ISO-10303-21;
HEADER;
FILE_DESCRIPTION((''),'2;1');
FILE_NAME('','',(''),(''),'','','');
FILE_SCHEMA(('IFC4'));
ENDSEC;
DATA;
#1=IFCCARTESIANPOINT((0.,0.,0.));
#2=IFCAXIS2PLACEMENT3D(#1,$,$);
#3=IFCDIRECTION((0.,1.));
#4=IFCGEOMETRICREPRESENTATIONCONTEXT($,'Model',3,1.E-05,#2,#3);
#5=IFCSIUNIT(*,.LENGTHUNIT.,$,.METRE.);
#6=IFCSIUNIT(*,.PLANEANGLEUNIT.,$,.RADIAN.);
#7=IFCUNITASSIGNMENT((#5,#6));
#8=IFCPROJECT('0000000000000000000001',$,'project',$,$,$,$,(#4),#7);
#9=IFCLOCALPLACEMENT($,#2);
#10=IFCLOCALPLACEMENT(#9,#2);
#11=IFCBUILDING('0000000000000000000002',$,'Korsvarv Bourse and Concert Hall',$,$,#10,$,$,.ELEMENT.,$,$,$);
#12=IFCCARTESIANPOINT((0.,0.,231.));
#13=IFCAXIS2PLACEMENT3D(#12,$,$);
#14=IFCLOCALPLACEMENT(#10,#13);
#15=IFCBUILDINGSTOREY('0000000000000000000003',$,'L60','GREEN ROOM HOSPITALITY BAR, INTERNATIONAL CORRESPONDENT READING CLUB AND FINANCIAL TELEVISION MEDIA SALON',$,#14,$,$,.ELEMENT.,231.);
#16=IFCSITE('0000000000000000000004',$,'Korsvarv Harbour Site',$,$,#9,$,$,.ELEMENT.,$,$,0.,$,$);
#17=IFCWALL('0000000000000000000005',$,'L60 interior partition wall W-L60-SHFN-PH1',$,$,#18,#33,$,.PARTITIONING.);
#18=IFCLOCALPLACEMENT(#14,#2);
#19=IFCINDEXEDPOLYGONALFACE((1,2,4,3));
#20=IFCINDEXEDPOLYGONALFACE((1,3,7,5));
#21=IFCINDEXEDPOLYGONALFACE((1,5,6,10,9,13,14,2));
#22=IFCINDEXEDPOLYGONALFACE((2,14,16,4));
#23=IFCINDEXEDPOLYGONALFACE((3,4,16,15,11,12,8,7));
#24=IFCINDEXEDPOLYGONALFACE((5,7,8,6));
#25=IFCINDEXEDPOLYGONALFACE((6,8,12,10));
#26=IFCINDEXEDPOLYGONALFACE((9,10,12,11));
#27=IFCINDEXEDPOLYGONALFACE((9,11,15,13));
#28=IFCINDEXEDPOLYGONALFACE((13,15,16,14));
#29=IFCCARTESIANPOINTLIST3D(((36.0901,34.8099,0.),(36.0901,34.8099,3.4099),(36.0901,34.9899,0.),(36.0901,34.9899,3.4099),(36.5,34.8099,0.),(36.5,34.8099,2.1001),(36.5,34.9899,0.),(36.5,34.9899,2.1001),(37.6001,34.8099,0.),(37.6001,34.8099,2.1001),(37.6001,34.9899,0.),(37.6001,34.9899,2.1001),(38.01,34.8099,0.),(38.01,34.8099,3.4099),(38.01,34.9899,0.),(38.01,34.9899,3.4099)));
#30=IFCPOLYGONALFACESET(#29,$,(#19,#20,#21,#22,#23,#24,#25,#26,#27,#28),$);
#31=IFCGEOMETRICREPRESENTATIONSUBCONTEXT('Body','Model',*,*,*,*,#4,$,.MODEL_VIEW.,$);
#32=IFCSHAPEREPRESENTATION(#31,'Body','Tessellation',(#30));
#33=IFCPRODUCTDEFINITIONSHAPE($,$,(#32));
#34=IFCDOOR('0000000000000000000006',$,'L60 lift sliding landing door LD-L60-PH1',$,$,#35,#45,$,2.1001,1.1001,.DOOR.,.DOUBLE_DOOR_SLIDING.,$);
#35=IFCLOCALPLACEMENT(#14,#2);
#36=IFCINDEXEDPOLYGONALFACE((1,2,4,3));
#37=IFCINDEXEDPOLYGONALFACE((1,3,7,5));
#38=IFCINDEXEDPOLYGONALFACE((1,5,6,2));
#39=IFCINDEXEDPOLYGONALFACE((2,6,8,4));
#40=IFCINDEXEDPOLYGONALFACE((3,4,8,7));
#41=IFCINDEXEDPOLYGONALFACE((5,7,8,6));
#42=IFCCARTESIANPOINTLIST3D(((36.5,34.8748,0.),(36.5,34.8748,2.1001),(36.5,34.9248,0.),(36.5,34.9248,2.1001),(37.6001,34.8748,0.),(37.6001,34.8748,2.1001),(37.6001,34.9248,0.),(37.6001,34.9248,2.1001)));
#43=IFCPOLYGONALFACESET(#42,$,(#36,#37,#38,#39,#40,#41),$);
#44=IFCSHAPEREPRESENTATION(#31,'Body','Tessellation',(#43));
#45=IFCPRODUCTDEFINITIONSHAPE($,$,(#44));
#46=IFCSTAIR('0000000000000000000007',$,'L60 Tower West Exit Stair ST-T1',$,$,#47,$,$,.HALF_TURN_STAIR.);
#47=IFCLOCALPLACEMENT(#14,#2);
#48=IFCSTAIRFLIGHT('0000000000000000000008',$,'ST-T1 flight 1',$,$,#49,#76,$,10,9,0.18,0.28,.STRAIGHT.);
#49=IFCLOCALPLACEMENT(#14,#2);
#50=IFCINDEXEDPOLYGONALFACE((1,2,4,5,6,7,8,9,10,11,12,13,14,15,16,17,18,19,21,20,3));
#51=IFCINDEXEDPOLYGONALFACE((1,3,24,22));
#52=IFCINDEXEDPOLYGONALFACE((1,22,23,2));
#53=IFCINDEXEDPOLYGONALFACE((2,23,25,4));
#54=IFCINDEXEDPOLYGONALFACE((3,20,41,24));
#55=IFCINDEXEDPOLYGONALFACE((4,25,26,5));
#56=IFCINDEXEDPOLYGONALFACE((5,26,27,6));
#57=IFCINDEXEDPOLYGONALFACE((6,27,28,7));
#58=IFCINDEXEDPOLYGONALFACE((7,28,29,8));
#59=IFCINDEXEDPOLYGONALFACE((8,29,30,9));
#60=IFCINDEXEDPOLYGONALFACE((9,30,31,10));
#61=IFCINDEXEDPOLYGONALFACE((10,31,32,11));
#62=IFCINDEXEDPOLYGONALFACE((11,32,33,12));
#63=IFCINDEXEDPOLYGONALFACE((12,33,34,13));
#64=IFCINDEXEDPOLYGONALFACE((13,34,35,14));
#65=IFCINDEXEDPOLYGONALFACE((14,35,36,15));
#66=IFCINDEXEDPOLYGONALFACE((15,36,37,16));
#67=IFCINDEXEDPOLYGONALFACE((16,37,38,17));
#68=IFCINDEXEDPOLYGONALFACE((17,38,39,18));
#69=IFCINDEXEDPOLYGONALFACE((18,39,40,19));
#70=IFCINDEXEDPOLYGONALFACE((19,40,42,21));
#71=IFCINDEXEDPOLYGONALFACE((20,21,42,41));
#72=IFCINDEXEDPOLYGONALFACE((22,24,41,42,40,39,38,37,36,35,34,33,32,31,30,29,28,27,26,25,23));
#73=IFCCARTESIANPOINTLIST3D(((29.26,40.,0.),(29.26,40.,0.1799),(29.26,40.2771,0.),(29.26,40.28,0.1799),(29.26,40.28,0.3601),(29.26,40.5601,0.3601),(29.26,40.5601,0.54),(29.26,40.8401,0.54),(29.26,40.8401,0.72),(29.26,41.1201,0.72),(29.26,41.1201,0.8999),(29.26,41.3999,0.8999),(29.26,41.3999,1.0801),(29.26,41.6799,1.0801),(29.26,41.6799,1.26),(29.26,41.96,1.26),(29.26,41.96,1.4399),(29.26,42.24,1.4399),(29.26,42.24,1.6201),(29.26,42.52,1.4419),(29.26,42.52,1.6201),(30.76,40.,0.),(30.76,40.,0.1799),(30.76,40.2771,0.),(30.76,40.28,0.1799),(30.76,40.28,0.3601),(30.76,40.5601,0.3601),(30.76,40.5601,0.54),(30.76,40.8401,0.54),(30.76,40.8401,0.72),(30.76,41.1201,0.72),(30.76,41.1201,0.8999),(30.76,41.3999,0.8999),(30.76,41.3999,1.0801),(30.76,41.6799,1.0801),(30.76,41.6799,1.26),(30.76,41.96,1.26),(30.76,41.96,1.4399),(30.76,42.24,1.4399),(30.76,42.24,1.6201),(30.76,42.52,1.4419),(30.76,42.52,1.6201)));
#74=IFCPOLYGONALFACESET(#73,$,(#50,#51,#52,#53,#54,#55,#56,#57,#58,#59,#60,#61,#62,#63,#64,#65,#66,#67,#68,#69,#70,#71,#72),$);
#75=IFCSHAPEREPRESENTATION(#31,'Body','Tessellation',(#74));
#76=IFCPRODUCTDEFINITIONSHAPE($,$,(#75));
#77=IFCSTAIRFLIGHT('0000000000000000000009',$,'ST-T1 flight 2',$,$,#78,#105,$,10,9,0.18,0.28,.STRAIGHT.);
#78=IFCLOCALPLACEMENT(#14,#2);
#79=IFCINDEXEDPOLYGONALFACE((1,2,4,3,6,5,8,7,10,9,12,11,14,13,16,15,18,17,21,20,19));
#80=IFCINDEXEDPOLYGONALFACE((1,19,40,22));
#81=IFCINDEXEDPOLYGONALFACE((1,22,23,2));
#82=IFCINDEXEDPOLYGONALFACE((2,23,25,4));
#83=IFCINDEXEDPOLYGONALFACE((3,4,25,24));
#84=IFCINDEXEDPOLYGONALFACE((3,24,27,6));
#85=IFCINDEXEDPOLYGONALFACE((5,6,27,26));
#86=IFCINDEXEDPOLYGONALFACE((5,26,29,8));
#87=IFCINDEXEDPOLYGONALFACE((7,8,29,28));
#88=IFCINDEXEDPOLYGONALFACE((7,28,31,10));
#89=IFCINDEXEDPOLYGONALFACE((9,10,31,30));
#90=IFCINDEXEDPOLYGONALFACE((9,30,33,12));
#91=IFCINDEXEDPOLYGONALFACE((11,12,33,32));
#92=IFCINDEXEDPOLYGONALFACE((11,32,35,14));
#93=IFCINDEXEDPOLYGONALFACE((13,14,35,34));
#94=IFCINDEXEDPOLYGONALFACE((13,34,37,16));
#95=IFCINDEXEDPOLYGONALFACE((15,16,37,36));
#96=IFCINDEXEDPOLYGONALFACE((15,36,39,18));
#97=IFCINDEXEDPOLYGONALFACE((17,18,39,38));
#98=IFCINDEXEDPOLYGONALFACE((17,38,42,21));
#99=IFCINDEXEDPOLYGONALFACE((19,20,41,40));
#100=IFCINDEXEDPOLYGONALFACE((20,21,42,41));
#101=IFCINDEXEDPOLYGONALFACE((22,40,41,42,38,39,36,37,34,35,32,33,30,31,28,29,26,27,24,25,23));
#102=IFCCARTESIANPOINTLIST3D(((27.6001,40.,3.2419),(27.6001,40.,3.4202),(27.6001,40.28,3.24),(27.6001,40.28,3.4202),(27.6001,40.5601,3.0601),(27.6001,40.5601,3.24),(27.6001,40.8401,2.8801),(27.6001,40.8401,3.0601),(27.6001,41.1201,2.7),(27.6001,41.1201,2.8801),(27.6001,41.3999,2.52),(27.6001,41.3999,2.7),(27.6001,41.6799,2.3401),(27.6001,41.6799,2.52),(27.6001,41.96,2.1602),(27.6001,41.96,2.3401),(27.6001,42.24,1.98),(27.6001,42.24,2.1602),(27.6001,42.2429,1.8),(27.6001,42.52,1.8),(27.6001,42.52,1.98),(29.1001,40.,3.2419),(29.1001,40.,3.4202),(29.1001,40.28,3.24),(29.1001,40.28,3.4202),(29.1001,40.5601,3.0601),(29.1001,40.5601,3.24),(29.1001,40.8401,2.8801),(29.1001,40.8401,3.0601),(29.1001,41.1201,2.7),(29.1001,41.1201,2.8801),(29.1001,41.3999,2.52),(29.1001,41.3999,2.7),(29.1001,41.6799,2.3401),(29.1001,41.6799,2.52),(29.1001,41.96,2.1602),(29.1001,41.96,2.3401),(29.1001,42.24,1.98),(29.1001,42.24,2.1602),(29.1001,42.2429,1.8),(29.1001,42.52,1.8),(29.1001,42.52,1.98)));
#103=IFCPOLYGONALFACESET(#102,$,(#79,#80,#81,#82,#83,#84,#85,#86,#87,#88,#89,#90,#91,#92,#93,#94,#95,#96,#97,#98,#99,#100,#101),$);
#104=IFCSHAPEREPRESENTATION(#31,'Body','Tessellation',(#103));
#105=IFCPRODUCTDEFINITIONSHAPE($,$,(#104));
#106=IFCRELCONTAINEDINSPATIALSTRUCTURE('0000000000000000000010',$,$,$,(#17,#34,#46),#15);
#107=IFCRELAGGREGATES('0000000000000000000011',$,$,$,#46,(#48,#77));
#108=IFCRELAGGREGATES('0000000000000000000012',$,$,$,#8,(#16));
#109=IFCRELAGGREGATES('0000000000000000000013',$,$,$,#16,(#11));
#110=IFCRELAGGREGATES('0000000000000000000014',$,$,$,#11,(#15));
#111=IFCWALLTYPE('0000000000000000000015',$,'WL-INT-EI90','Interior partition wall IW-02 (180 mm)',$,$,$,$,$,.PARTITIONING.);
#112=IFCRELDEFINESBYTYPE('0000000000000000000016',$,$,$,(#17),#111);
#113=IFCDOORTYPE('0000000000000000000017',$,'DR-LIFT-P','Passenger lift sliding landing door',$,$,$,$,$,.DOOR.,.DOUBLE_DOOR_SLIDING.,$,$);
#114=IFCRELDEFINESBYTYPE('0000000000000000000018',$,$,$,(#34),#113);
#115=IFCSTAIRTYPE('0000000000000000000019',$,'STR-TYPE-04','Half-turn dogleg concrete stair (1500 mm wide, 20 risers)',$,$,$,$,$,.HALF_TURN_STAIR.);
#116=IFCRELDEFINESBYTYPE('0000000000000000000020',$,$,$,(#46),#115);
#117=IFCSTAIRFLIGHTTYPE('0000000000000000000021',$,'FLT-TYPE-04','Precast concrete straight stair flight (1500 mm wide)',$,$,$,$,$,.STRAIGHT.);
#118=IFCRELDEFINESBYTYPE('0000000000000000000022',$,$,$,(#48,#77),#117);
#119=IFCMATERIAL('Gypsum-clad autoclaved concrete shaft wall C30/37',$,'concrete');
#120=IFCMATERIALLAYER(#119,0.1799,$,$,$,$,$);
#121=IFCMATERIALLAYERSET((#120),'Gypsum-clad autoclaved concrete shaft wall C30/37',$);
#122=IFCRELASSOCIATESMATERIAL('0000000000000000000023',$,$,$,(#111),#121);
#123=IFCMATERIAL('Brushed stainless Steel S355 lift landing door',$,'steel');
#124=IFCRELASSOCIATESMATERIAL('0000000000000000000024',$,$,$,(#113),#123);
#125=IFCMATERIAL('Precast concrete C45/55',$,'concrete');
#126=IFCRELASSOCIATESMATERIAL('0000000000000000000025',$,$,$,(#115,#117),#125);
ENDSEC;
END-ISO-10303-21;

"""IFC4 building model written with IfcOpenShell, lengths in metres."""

from ifc_helpers import new_model, si_unit, direction, frame, frame_2d, origin, place, context, subcontext, project, spatial, polyline, rectangle, outline, extrude, material, layer, layer_set, type_object, element, fill, aggregate, save


model = new_model("IFC4")

# Units and contexts
model_context = context("Model", 3, precision=1e-05, world=origin(), true_north=direction((0.0, 1.0)))
body_context = subcontext(model_context, "Body", "Model", "MODEL_VIEW")
ifc_project = project(units=[si_unit("LENGTHUNIT", "METRE"), si_unit("PLANEANGLEUNIT", "RADIAN")], contexts=[model_context])

# Site, building, storey
site_placement = place(None, origin())
site = spatial("IfcSite", under=ifc_project, at=site_placement, Name="Korsvarv Harbour Site", CompositionType="ELEMENT", RefElevation=0.0)
building_placement = place(site_placement, origin())
building = spatial("IfcBuilding", under=site, at=building_placement, Name="Korsvarv Bourse and Concert Hall", CompositionType="ELEMENT")
storey_placement = place(building_placement, frame((0.0, 0.0, 231.0)))
storey = spatial("IfcBuildingStorey", under=building, at=storey_placement, Name="L60", Description="GREEN ROOM HOSPITALITY BAR, INTERNATIONAL CORRESPONDENT READING CLUB AND FINANCIAL TELEVISION MEDIA SALON", CompositionType="ELEMENT", Elevation=231.0)

# Wall, opening, door
ifc_material_1 = material(Name="Gypsum-clad autoclaved concrete shaft wall C30/37", Category="concrete")
ifc_layer_1 = layer(ifc_material_1, 0.1799)
ifc_layer_set_1 = layer_set([ifc_layer_1], Name="Gypsum-clad autoclaved concrete shaft wall C30/37")
wall_type_1 = type_object("IfcWallType", Name="WL-INT-EI90", Description="Interior partition wall IW-02 (180 mm)", PredefinedType="PARTITIONING", material=ifc_layer_set_1)
wall_1_placement = place(storey_placement, frame((36.0901, 34.8999, 0.0), z_axis=(0.0, 0.0, 1.0), x_axis=(1.0, 0.0, 0.0)))
wall_1 = element("IfcWall", 1, at=wall_1_placement, inside=storey, type_object=wall_type_1, Name="L60 interior partition wall W-L60-SHFN-PH1", PredefinedType="PARTITIONING", context=body_context, shape_type="SweptSolid", body=[
    extrude(rectangle(XDim=1.9199, YDim=0.1799, at=frame_2d((0.96, 0.0))), origin(), (0.0, 0.0, 1.0), 3.4099),
])
opening_1_placement = place(wall_1_placement, frame((0.4099, 0.0, 0.0)))
opening_1 = element("IfcOpeningElement", 2, at=opening_1_placement, cuts=wall_1, PredefinedType="OPENING", context=body_context, shape_type="SweptSolid", body=[
    extrude(rectangle(XDim=1.1001, YDim=2.1001, at=frame_2d((0.55, 1.05))), frame((0.0, 0.1001, 0.0), z_axis=(0.0, -1.0, 0.0), x_axis=(1.0, 0.0, 0.0)), (0.0, 0.0, 1.0), 0.2),
])
ifc_material_2 = material(Name="Brushed stainless Steel S355 lift landing door", Category="steel")
door_type_1 = type_object("IfcDoorType", Name="DR-LIFT-P", Description="Passenger lift sliding landing door", OperationType="DOUBLE_DOOR_SLIDING", PredefinedType="DOOR", material=ifc_material_2)
door_1_placement = place(opening_1_placement, origin())
door_1 = element("IfcDoor", 3, at=door_1_placement, inside=storey, type_object=door_type_1, Name="L60 lift sliding landing door LD-L60-PH1", OperationType="DOUBLE_DOOR_SLIDING", OverallHeight=2.1001, OverallWidth=1.1001, PredefinedType="DOOR", context=body_context, shape_type="SweptSolid", body=[
    extrude(rectangle(XDim=1.1001, YDim=2.1001, at=frame_2d((0.55, 1.05))), frame((0.0, 0.0249, 0.0), z_axis=(0.0, -1.0, 0.0), x_axis=(1.0, 0.0, 0.0)), (0.0, 0.0, 1.0), 0.05),
])
fill(opening_1, door_1)

# Stair, stair flights
ifc_material_3 = material(Name="Precast concrete C45/55", Category="concrete")
stair_type = type_object("IfcStairType", Name="STR-TYPE-04", Description="Half-turn dogleg concrete stair (1500 mm wide, 20 risers)", PredefinedType="HALF_TURN_STAIR", material=ifc_material_3)
stair_placement = place(storey_placement, origin())
stair = element("IfcStair", 4, at=stair_placement, inside=storey, type_object=stair_type, Name="L60 Tower West Exit Stair ST-T1", PredefinedType="HALF_TURN_STAIR")
stair_flight_type = type_object("IfcStairFlightType", Name="FLT-TYPE-04", Description="Precast concrete straight stair flight (1500 mm wide)", PredefinedType="STRAIGHT", material=ifc_material_3)
stair_flight_1_placement = place(storey_placement, frame((30.01, 40.0, 0.0), z_axis=(0.0, 0.0, 1.0), x_axis=(0.0, 1.0, 0.0)))
stair_flight_1 = element("IfcStairFlight", 5, at=stair_flight_1_placement, type_object=stair_flight_type, Name="ST-T1 flight 1", NumberOfRisers=10, NumberOfTreads=9, PredefinedType="STRAIGHT", RiserHeight=0.18, TreadLength=0.28, context=body_context, shape_type="SweptSolid", body=[
    extrude(outline(polyline([(0.0, 0.0), (0.0, 0.1799), (0.28, 0.1799), (0.28, 0.3601), (0.5601, 0.3601), (0.5601, 0.54), (0.8401, 0.54), (0.8401, 0.72), (1.1201, 0.72), (1.1201, 0.8999), (1.3999, 0.8999), (1.3999, 1.0801), (1.6799, 1.0801), (1.6799, 1.26), (1.96, 1.26), (1.96, 1.4399), (2.24, 1.4399), (2.24, 1.6201), (2.52, 1.6201), (2.52, 1.8), (2.52, 1.4419), (0.2771, 0.0), (0.0, 0.0)])), frame((0.0, 0.75, 0.0), z_axis=(0.0, -1.0, 0.0), x_axis=(1.0, 0.0, 0.0)), (0.0, 0.0, 1.0), 1.5),
])
stair_flight_2_placement = place(storey_placement, frame((28.3501, 42.52, 1.8), z_axis=(0.0, 0.0, 1.0), x_axis=(0.0, -1.0, 0.0)))
stair_flight_2 = element("IfcStairFlight", 6, at=stair_flight_2_placement, type_object=stair_flight_type, Name="ST-T1 flight 2", NumberOfRisers=10, NumberOfTreads=9, PredefinedType="STRAIGHT", RiserHeight=0.18, TreadLength=0.28, context=body_context, shape_type="SweptSolid", body=[
    extrude(outline(polyline([(0.0, 0.0), (0.0, 0.1799), (0.28, 0.1799), (0.28, 0.3601), (0.5601, 0.3601), (0.5601, 0.54), (0.8401, 0.54), (0.8401, 0.72), (1.1201, 0.72), (1.1201, 0.8999), (1.3999, 0.8999), (1.3999, 1.0801), (1.6799, 1.0801), (1.6799, 1.26), (1.96, 1.26), (1.96, 1.4399), (2.24, 1.4399), (2.24, 1.6201), (2.52, 1.6201), (2.52, 1.8), (2.52, 1.4419), (0.2771, 0.0), (0.0, 0.0)])), frame((0.0, 0.75, 0.0), z_axis=(0.0, -1.0, 0.0), x_axis=(1.0, 0.0, 0.0)), (0.0, 0.0, 1.0), 1.5),
])
aggregate(stair, [stair_flight_1, stair_flight_2])

save(model, "model.ifc")
